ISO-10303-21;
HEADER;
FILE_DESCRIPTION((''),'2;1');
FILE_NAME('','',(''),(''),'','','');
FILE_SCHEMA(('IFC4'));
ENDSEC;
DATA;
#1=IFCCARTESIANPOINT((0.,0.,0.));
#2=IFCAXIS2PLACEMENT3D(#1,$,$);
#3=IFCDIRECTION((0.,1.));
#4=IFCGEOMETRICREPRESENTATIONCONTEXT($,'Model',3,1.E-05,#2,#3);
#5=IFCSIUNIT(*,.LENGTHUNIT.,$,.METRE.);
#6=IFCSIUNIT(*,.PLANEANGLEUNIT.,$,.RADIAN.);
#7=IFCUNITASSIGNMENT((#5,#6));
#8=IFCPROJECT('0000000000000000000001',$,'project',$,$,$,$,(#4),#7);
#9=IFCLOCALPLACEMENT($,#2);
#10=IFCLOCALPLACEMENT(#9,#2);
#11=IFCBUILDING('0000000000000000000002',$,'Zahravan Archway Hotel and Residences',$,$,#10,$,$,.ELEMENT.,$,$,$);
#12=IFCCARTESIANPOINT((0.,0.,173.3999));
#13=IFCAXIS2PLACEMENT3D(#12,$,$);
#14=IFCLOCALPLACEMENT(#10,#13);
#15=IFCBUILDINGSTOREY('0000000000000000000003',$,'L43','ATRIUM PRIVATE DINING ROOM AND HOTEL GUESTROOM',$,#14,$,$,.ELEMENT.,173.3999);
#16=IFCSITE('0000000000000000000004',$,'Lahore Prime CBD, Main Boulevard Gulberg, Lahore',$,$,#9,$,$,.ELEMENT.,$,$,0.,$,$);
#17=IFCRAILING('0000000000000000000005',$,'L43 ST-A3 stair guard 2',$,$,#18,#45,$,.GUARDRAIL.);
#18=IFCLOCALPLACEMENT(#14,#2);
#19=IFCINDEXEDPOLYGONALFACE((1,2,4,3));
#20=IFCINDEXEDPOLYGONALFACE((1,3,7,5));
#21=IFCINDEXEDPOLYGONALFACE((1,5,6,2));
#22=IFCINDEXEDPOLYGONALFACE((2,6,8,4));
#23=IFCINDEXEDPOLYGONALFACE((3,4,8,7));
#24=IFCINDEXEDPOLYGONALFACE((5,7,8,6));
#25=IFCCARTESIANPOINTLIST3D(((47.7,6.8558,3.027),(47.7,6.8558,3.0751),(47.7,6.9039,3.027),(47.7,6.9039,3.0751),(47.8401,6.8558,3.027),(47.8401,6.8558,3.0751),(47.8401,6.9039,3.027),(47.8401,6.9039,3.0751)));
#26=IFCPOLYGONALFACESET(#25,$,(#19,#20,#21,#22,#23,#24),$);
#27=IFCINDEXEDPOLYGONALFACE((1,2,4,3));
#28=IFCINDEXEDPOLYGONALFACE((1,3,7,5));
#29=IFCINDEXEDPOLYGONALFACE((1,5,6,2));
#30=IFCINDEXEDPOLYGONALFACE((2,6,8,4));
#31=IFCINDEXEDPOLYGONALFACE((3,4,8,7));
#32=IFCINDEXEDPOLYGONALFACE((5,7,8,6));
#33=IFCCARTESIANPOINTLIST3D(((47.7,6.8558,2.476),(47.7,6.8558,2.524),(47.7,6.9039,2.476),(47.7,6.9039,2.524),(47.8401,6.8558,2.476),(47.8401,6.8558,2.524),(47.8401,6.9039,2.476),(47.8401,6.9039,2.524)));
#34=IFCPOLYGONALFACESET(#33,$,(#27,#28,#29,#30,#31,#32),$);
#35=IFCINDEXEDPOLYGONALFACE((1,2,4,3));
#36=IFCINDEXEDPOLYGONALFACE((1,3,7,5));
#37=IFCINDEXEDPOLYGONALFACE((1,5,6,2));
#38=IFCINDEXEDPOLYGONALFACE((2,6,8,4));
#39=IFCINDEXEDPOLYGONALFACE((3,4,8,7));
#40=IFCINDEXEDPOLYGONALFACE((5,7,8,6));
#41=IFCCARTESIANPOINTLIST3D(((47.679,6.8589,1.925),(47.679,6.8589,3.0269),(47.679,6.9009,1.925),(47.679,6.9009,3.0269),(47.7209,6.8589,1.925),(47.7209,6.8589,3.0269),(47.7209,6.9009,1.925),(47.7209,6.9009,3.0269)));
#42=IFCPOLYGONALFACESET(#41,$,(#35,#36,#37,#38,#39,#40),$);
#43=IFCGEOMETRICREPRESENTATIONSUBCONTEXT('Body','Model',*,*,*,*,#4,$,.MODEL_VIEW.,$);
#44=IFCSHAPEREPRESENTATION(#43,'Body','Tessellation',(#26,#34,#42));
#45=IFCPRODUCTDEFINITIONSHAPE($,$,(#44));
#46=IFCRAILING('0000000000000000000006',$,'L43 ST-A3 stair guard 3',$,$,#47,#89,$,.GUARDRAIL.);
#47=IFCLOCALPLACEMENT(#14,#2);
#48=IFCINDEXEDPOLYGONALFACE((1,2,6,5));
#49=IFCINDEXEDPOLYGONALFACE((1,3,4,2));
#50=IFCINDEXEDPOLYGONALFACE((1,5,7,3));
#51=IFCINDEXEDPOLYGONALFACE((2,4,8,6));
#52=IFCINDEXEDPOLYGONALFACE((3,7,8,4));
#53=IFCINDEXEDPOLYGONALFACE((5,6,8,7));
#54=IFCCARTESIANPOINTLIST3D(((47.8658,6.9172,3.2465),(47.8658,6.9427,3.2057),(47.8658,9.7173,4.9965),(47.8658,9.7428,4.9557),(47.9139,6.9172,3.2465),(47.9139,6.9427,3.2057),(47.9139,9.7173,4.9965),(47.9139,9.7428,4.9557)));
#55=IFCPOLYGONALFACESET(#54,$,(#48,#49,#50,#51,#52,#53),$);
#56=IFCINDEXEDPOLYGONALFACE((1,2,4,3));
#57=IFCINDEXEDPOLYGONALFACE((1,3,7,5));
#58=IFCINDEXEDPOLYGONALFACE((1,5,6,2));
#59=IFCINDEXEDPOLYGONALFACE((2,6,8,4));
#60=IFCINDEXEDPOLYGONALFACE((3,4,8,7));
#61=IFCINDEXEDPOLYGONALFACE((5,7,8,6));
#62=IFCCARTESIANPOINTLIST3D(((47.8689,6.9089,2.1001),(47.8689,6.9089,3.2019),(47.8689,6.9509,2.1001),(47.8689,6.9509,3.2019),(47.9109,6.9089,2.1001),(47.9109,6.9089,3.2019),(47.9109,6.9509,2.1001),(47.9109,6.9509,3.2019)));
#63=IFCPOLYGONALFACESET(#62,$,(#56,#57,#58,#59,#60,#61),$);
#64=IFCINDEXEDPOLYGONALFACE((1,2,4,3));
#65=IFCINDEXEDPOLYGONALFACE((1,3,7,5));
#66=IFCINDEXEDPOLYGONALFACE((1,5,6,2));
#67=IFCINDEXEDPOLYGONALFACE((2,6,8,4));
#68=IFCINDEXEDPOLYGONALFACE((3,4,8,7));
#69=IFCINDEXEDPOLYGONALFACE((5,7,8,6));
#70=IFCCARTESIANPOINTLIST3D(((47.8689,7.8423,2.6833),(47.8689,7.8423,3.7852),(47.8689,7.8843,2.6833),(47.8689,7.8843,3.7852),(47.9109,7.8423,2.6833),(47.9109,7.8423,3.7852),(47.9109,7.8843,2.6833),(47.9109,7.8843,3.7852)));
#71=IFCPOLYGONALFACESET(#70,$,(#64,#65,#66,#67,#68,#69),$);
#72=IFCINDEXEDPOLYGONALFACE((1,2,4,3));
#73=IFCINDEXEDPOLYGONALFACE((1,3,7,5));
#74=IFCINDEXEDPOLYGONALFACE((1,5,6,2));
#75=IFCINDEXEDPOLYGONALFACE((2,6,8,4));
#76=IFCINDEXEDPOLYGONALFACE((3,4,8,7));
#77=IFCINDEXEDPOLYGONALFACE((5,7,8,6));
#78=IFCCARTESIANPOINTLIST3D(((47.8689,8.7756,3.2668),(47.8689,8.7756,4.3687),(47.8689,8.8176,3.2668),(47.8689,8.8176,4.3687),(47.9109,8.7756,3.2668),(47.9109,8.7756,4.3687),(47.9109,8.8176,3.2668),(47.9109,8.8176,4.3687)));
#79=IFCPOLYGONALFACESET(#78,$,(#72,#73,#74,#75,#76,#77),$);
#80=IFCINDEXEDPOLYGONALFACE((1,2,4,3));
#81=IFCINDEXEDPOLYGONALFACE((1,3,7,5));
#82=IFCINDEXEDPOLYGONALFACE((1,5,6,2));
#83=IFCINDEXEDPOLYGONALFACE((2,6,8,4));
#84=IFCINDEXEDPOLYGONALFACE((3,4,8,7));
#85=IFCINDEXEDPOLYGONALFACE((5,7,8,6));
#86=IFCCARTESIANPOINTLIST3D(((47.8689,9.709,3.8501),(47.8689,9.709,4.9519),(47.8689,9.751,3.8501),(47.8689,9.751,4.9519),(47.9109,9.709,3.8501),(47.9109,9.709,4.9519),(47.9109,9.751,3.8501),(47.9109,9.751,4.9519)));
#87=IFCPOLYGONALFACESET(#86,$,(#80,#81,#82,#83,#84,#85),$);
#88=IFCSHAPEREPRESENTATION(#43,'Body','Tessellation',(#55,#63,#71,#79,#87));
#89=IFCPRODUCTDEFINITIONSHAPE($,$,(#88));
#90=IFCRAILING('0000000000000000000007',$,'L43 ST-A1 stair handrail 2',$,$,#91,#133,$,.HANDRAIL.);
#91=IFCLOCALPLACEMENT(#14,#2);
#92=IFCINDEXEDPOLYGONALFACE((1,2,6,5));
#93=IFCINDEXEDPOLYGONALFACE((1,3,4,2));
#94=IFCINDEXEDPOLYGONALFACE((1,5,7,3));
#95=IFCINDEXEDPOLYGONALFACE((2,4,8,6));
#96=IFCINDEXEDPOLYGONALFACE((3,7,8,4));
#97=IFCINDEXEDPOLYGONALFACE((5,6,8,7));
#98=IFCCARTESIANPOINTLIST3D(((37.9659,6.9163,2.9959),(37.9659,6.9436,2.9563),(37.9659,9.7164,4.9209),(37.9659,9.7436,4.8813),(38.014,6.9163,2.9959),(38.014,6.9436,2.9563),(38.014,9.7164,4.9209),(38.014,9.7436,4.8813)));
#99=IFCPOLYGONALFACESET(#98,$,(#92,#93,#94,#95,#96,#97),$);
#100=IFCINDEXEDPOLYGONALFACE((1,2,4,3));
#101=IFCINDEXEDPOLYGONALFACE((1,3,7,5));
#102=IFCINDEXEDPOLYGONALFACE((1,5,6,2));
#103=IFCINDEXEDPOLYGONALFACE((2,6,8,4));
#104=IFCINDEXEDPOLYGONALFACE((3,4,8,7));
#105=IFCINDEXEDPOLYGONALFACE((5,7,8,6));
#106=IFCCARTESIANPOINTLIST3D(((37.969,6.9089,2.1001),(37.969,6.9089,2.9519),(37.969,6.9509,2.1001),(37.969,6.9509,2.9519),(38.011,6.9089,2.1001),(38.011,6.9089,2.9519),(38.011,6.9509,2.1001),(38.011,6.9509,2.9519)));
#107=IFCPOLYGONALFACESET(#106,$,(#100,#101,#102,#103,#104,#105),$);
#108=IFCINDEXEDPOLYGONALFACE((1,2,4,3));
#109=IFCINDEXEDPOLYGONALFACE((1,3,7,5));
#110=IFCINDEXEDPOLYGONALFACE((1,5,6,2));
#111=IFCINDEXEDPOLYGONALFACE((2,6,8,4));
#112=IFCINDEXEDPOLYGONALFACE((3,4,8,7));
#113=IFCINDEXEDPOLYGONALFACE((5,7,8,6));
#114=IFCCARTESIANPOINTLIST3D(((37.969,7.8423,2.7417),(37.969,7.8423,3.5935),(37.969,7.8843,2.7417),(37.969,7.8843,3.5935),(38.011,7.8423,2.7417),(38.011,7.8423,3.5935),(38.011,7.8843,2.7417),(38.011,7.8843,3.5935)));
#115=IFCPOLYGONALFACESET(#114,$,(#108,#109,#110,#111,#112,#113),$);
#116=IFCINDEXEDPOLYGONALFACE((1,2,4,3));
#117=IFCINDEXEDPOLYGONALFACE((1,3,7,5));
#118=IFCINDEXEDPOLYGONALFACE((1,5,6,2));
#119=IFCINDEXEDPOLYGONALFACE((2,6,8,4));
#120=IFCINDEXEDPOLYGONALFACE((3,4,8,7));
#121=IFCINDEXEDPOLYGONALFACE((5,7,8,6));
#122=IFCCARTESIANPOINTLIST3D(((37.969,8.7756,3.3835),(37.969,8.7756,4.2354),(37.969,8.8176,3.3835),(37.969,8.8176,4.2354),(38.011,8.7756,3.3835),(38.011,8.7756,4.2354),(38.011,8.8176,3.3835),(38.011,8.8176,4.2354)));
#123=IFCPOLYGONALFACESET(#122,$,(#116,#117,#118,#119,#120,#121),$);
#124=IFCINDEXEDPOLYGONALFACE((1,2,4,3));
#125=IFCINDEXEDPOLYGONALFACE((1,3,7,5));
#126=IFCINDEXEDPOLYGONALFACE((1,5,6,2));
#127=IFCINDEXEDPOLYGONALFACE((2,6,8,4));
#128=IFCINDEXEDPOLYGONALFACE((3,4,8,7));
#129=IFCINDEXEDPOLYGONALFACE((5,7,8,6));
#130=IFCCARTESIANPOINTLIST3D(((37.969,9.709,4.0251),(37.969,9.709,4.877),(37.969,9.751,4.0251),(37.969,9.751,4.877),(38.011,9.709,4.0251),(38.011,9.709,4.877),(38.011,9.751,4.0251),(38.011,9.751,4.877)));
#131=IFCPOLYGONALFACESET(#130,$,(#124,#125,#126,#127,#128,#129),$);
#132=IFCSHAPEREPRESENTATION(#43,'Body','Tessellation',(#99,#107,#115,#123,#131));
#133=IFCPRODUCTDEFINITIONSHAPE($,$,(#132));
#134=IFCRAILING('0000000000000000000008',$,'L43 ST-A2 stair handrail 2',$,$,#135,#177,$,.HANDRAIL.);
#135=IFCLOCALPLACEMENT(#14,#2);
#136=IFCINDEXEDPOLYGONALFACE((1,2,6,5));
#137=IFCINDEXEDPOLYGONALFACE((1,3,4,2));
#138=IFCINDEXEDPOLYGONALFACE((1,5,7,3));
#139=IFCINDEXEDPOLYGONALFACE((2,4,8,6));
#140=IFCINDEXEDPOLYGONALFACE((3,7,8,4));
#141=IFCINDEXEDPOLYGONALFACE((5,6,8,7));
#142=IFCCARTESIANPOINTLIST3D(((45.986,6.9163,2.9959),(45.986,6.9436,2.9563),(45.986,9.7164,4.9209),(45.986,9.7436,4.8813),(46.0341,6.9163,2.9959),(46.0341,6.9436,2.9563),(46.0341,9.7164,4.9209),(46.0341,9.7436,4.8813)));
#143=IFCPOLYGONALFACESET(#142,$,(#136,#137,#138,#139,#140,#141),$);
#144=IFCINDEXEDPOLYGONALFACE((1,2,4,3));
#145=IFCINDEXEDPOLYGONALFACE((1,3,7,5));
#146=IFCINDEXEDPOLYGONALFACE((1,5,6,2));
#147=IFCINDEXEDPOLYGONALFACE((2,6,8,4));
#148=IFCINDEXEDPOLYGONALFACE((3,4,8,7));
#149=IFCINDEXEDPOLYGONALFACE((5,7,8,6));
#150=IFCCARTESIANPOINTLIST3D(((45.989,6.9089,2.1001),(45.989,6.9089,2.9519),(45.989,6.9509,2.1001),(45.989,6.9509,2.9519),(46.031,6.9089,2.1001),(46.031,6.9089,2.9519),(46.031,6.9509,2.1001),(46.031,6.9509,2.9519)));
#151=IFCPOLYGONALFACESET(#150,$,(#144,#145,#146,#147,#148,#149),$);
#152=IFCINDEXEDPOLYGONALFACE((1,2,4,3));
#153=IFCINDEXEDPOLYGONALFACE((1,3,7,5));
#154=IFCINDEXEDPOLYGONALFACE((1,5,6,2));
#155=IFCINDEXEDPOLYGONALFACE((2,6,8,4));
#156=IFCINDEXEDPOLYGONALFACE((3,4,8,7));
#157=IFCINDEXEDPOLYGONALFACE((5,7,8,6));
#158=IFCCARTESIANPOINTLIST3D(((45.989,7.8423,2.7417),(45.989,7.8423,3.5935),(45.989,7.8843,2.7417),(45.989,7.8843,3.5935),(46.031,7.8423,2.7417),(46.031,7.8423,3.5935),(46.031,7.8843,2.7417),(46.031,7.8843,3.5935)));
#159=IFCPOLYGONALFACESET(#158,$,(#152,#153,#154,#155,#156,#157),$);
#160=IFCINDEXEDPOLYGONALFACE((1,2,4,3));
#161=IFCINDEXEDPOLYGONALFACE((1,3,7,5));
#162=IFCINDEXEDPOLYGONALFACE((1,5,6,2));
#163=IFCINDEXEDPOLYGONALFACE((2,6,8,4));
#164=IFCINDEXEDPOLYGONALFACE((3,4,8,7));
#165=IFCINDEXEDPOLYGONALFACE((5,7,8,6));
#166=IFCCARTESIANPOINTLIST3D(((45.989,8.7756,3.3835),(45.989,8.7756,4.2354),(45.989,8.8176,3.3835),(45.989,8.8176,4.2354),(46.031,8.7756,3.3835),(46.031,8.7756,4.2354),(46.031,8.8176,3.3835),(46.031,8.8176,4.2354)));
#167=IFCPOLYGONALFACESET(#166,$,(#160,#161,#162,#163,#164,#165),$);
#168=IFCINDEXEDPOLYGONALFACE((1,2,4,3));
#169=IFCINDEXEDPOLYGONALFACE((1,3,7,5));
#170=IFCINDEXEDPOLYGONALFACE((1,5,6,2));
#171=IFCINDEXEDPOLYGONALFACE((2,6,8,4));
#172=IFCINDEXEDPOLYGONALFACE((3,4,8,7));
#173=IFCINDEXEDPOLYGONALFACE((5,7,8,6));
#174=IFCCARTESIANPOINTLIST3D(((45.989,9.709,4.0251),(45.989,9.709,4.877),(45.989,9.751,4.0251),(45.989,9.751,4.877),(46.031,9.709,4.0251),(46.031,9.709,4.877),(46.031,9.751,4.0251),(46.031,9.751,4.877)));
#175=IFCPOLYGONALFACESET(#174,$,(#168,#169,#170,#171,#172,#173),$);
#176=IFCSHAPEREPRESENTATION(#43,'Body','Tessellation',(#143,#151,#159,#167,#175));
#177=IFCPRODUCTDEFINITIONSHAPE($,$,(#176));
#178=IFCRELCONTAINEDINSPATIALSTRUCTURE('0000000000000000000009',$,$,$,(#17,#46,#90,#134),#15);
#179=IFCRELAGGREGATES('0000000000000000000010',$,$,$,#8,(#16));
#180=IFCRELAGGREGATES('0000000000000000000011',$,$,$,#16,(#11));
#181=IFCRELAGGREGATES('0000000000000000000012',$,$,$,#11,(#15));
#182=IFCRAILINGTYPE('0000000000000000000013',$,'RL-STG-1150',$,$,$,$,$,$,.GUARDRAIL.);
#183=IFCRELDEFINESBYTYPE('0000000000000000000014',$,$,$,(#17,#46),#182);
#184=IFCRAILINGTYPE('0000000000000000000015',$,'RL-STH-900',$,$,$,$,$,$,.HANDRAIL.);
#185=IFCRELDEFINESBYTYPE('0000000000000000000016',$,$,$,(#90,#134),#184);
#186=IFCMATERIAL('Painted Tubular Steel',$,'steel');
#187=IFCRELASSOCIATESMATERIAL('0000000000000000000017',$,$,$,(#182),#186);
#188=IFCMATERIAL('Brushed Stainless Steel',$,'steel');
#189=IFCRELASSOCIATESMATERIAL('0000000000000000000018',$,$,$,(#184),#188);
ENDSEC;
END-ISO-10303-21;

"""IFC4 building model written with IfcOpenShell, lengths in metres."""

from ifc_helpers import new_model, si_unit, direction, frame, origin, origin_2d, place, context, subcontext, project, spatial, rectangle, extrude, material, type_object, element, save


model = new_model("IFC4")

# Units and contexts
model_context = context("Model", 3, precision=1e-05, world=origin(), true_north=direction((0.0, 1.0)))
body_context = subcontext(model_context, "Body", "Model", "MODEL_VIEW")
ifc_project = project(units=[si_unit("LENGTHUNIT", "METRE"), si_unit("PLANEANGLEUNIT", "RADIAN")], contexts=[model_context])

# Site, building, storey
site_placement = place(None, origin())
site = spatial("IfcSite", under=ifc_project, at=site_placement, Name="Lahore Prime CBD, Main Boulevard Gulberg, Lahore", CompositionType="ELEMENT", RefElevation=0.0)
building_placement = place(site_placement, origin())
building = spatial("IfcBuilding", under=site, at=building_placement, Name="Zahravan Archway Hotel and Residences", CompositionType="ELEMENT")
storey_placement = place(building_placement, frame((0.0, 0.0, 173.3999)))
storey = spatial("IfcBuildingStorey", under=building, at=storey_placement, Name="L43", Description="ATRIUM PRIVATE DINING ROOM AND HOTEL GUESTROOM", CompositionType="ELEMENT", Elevation=173.3999)

# Railings
ifc_material_1 = material(Name="Painted Tubular Steel", Category="steel")
railing_type_1 = type_object("IfcRailingType", Name="RL-STG-1150", PredefinedType="GUARDRAIL", material=ifc_material_1)
railing_1_placement = place(storey_placement, frame((47.7, 6.8799, 1.925)))
element("IfcRailing", 1, at=railing_1_placement, inside=storey, type_object=railing_type_1, Name="L43 ST-A3 stair guard 2", PredefinedType="GUARDRAIL", context=body_context, shape_type="SweptSolid", body=[
    extrude(rectangle(XDim=0.0481, YDim=0.0481, at=origin_2d()), frame((0.0, 0.0, 1.126), z_axis=(1.0, 0.0, 0.0), x_axis=(0.0, 1.0, 0.0)), (0.0, 0.0, 1.0), 0.1401),
    extrude(rectangle(XDim=0.0481, YDim=0.0481, at=origin_2d()), frame((0.0, 0.0, 0.575), z_axis=(1.0, 0.0, 0.0), x_axis=(0.0, 1.0, 0.0)), (0.0, 0.0, 1.0), 0.1401),
    extrude(rectangle(XDim=0.042, YDim=0.042, at=origin_2d()), origin(), (0.0, 0.0, 1.0), 1.1018),
])
railing_2_placement = place(storey_placement, frame((47.8899, 6.9299, 2.1001)))
element("IfcRailing", 2, at=railing_2_placement, inside=storey, type_object=railing_type_1, Name="L43 ST-A3 stair guard 3", PredefinedType="GUARDRAIL", context=body_context, shape_type="SweptSolid", body=[
    extrude(rectangle(XDim=0.0481, YDim=0.0481, at=origin_2d()), frame((0.0, 0.0, 1.126), z_axis=(0.0, 0.848002, 0.529992), x_axis=(-1.0, 0.0, 0.0)), (0.0, 0.0, 1.0), 3.302),
    extrude(rectangle(XDim=0.042, YDim=0.042, at=origin_2d()), origin(), (0.0, 0.0, 1.0), 1.1018),
    extrude(rectangle(XDim=0.042, YDim=0.042, at=origin_2d()), frame((0.0, 0.9333, 0.5833)), (0.0, 0.0, 1.0), 1.1018),
    extrude(rectangle(XDim=0.042, YDim=0.042, at=origin_2d()), frame((0.0, 1.8667, 1.1667)), (0.0, 0.0, 1.0), 1.1018),
    extrude(rectangle(XDim=0.042, YDim=0.042, at=origin_2d()), frame((0.0, 2.8, 1.75)), (0.0, 0.0, 1.0), 1.1018),
])
ifc_material_2 = material(Name="Brushed Stainless Steel", Category="steel")
railing_type_2 = type_object("IfcRailingType", Name="RL-STH-900", PredefinedType="HANDRAIL", material=ifc_material_2)
for number, where, name in (
    (3, (37.99, 6.9299, 2.1001), "L43 ST-A1 stair handrail 2"),
    (4, (46.01, 6.9299, 2.1001), "L43 ST-A2 stair handrail 2"),
):
    element("IfcRailing", number, at=place(storey_placement, frame(where)), inside=storey, type_object=railing_type_2, Name=name, PredefinedType="HANDRAIL", context=body_context, shape_type="SweptSolid", body=[
        extrude(rectangle(XDim=0.0481, YDim=0.0481, at=origin_2d()), frame((0.0, 0.0, 0.876), z_axis=(0.0, 0.82404, 0.566532), x_axis=(-1.0, 0.0, 0.0)), (0.0, 0.0, 1.0), 3.3979),
        extrude(rectangle(XDim=0.042, YDim=0.042, at=origin_2d()), origin(), (0.0, 0.0, 1.0), 0.8518),
        extrude(rectangle(XDim=0.042, YDim=0.042, at=origin_2d()), frame((0.0, 0.9333, 0.6416)), (0.0, 0.0, 1.0), 0.8518),
        extrude(rectangle(XDim=0.042, YDim=0.042, at=origin_2d()), frame((0.0, 1.8667, 1.2834)), (0.0, 0.0, 1.0), 0.8518),
        extrude(rectangle(XDim=0.042, YDim=0.042, at=origin_2d()), frame((0.0, 2.8, 1.925)), (0.0, 0.0, 1.0), 0.8518),
    ])

save(model, "model.ifc")
